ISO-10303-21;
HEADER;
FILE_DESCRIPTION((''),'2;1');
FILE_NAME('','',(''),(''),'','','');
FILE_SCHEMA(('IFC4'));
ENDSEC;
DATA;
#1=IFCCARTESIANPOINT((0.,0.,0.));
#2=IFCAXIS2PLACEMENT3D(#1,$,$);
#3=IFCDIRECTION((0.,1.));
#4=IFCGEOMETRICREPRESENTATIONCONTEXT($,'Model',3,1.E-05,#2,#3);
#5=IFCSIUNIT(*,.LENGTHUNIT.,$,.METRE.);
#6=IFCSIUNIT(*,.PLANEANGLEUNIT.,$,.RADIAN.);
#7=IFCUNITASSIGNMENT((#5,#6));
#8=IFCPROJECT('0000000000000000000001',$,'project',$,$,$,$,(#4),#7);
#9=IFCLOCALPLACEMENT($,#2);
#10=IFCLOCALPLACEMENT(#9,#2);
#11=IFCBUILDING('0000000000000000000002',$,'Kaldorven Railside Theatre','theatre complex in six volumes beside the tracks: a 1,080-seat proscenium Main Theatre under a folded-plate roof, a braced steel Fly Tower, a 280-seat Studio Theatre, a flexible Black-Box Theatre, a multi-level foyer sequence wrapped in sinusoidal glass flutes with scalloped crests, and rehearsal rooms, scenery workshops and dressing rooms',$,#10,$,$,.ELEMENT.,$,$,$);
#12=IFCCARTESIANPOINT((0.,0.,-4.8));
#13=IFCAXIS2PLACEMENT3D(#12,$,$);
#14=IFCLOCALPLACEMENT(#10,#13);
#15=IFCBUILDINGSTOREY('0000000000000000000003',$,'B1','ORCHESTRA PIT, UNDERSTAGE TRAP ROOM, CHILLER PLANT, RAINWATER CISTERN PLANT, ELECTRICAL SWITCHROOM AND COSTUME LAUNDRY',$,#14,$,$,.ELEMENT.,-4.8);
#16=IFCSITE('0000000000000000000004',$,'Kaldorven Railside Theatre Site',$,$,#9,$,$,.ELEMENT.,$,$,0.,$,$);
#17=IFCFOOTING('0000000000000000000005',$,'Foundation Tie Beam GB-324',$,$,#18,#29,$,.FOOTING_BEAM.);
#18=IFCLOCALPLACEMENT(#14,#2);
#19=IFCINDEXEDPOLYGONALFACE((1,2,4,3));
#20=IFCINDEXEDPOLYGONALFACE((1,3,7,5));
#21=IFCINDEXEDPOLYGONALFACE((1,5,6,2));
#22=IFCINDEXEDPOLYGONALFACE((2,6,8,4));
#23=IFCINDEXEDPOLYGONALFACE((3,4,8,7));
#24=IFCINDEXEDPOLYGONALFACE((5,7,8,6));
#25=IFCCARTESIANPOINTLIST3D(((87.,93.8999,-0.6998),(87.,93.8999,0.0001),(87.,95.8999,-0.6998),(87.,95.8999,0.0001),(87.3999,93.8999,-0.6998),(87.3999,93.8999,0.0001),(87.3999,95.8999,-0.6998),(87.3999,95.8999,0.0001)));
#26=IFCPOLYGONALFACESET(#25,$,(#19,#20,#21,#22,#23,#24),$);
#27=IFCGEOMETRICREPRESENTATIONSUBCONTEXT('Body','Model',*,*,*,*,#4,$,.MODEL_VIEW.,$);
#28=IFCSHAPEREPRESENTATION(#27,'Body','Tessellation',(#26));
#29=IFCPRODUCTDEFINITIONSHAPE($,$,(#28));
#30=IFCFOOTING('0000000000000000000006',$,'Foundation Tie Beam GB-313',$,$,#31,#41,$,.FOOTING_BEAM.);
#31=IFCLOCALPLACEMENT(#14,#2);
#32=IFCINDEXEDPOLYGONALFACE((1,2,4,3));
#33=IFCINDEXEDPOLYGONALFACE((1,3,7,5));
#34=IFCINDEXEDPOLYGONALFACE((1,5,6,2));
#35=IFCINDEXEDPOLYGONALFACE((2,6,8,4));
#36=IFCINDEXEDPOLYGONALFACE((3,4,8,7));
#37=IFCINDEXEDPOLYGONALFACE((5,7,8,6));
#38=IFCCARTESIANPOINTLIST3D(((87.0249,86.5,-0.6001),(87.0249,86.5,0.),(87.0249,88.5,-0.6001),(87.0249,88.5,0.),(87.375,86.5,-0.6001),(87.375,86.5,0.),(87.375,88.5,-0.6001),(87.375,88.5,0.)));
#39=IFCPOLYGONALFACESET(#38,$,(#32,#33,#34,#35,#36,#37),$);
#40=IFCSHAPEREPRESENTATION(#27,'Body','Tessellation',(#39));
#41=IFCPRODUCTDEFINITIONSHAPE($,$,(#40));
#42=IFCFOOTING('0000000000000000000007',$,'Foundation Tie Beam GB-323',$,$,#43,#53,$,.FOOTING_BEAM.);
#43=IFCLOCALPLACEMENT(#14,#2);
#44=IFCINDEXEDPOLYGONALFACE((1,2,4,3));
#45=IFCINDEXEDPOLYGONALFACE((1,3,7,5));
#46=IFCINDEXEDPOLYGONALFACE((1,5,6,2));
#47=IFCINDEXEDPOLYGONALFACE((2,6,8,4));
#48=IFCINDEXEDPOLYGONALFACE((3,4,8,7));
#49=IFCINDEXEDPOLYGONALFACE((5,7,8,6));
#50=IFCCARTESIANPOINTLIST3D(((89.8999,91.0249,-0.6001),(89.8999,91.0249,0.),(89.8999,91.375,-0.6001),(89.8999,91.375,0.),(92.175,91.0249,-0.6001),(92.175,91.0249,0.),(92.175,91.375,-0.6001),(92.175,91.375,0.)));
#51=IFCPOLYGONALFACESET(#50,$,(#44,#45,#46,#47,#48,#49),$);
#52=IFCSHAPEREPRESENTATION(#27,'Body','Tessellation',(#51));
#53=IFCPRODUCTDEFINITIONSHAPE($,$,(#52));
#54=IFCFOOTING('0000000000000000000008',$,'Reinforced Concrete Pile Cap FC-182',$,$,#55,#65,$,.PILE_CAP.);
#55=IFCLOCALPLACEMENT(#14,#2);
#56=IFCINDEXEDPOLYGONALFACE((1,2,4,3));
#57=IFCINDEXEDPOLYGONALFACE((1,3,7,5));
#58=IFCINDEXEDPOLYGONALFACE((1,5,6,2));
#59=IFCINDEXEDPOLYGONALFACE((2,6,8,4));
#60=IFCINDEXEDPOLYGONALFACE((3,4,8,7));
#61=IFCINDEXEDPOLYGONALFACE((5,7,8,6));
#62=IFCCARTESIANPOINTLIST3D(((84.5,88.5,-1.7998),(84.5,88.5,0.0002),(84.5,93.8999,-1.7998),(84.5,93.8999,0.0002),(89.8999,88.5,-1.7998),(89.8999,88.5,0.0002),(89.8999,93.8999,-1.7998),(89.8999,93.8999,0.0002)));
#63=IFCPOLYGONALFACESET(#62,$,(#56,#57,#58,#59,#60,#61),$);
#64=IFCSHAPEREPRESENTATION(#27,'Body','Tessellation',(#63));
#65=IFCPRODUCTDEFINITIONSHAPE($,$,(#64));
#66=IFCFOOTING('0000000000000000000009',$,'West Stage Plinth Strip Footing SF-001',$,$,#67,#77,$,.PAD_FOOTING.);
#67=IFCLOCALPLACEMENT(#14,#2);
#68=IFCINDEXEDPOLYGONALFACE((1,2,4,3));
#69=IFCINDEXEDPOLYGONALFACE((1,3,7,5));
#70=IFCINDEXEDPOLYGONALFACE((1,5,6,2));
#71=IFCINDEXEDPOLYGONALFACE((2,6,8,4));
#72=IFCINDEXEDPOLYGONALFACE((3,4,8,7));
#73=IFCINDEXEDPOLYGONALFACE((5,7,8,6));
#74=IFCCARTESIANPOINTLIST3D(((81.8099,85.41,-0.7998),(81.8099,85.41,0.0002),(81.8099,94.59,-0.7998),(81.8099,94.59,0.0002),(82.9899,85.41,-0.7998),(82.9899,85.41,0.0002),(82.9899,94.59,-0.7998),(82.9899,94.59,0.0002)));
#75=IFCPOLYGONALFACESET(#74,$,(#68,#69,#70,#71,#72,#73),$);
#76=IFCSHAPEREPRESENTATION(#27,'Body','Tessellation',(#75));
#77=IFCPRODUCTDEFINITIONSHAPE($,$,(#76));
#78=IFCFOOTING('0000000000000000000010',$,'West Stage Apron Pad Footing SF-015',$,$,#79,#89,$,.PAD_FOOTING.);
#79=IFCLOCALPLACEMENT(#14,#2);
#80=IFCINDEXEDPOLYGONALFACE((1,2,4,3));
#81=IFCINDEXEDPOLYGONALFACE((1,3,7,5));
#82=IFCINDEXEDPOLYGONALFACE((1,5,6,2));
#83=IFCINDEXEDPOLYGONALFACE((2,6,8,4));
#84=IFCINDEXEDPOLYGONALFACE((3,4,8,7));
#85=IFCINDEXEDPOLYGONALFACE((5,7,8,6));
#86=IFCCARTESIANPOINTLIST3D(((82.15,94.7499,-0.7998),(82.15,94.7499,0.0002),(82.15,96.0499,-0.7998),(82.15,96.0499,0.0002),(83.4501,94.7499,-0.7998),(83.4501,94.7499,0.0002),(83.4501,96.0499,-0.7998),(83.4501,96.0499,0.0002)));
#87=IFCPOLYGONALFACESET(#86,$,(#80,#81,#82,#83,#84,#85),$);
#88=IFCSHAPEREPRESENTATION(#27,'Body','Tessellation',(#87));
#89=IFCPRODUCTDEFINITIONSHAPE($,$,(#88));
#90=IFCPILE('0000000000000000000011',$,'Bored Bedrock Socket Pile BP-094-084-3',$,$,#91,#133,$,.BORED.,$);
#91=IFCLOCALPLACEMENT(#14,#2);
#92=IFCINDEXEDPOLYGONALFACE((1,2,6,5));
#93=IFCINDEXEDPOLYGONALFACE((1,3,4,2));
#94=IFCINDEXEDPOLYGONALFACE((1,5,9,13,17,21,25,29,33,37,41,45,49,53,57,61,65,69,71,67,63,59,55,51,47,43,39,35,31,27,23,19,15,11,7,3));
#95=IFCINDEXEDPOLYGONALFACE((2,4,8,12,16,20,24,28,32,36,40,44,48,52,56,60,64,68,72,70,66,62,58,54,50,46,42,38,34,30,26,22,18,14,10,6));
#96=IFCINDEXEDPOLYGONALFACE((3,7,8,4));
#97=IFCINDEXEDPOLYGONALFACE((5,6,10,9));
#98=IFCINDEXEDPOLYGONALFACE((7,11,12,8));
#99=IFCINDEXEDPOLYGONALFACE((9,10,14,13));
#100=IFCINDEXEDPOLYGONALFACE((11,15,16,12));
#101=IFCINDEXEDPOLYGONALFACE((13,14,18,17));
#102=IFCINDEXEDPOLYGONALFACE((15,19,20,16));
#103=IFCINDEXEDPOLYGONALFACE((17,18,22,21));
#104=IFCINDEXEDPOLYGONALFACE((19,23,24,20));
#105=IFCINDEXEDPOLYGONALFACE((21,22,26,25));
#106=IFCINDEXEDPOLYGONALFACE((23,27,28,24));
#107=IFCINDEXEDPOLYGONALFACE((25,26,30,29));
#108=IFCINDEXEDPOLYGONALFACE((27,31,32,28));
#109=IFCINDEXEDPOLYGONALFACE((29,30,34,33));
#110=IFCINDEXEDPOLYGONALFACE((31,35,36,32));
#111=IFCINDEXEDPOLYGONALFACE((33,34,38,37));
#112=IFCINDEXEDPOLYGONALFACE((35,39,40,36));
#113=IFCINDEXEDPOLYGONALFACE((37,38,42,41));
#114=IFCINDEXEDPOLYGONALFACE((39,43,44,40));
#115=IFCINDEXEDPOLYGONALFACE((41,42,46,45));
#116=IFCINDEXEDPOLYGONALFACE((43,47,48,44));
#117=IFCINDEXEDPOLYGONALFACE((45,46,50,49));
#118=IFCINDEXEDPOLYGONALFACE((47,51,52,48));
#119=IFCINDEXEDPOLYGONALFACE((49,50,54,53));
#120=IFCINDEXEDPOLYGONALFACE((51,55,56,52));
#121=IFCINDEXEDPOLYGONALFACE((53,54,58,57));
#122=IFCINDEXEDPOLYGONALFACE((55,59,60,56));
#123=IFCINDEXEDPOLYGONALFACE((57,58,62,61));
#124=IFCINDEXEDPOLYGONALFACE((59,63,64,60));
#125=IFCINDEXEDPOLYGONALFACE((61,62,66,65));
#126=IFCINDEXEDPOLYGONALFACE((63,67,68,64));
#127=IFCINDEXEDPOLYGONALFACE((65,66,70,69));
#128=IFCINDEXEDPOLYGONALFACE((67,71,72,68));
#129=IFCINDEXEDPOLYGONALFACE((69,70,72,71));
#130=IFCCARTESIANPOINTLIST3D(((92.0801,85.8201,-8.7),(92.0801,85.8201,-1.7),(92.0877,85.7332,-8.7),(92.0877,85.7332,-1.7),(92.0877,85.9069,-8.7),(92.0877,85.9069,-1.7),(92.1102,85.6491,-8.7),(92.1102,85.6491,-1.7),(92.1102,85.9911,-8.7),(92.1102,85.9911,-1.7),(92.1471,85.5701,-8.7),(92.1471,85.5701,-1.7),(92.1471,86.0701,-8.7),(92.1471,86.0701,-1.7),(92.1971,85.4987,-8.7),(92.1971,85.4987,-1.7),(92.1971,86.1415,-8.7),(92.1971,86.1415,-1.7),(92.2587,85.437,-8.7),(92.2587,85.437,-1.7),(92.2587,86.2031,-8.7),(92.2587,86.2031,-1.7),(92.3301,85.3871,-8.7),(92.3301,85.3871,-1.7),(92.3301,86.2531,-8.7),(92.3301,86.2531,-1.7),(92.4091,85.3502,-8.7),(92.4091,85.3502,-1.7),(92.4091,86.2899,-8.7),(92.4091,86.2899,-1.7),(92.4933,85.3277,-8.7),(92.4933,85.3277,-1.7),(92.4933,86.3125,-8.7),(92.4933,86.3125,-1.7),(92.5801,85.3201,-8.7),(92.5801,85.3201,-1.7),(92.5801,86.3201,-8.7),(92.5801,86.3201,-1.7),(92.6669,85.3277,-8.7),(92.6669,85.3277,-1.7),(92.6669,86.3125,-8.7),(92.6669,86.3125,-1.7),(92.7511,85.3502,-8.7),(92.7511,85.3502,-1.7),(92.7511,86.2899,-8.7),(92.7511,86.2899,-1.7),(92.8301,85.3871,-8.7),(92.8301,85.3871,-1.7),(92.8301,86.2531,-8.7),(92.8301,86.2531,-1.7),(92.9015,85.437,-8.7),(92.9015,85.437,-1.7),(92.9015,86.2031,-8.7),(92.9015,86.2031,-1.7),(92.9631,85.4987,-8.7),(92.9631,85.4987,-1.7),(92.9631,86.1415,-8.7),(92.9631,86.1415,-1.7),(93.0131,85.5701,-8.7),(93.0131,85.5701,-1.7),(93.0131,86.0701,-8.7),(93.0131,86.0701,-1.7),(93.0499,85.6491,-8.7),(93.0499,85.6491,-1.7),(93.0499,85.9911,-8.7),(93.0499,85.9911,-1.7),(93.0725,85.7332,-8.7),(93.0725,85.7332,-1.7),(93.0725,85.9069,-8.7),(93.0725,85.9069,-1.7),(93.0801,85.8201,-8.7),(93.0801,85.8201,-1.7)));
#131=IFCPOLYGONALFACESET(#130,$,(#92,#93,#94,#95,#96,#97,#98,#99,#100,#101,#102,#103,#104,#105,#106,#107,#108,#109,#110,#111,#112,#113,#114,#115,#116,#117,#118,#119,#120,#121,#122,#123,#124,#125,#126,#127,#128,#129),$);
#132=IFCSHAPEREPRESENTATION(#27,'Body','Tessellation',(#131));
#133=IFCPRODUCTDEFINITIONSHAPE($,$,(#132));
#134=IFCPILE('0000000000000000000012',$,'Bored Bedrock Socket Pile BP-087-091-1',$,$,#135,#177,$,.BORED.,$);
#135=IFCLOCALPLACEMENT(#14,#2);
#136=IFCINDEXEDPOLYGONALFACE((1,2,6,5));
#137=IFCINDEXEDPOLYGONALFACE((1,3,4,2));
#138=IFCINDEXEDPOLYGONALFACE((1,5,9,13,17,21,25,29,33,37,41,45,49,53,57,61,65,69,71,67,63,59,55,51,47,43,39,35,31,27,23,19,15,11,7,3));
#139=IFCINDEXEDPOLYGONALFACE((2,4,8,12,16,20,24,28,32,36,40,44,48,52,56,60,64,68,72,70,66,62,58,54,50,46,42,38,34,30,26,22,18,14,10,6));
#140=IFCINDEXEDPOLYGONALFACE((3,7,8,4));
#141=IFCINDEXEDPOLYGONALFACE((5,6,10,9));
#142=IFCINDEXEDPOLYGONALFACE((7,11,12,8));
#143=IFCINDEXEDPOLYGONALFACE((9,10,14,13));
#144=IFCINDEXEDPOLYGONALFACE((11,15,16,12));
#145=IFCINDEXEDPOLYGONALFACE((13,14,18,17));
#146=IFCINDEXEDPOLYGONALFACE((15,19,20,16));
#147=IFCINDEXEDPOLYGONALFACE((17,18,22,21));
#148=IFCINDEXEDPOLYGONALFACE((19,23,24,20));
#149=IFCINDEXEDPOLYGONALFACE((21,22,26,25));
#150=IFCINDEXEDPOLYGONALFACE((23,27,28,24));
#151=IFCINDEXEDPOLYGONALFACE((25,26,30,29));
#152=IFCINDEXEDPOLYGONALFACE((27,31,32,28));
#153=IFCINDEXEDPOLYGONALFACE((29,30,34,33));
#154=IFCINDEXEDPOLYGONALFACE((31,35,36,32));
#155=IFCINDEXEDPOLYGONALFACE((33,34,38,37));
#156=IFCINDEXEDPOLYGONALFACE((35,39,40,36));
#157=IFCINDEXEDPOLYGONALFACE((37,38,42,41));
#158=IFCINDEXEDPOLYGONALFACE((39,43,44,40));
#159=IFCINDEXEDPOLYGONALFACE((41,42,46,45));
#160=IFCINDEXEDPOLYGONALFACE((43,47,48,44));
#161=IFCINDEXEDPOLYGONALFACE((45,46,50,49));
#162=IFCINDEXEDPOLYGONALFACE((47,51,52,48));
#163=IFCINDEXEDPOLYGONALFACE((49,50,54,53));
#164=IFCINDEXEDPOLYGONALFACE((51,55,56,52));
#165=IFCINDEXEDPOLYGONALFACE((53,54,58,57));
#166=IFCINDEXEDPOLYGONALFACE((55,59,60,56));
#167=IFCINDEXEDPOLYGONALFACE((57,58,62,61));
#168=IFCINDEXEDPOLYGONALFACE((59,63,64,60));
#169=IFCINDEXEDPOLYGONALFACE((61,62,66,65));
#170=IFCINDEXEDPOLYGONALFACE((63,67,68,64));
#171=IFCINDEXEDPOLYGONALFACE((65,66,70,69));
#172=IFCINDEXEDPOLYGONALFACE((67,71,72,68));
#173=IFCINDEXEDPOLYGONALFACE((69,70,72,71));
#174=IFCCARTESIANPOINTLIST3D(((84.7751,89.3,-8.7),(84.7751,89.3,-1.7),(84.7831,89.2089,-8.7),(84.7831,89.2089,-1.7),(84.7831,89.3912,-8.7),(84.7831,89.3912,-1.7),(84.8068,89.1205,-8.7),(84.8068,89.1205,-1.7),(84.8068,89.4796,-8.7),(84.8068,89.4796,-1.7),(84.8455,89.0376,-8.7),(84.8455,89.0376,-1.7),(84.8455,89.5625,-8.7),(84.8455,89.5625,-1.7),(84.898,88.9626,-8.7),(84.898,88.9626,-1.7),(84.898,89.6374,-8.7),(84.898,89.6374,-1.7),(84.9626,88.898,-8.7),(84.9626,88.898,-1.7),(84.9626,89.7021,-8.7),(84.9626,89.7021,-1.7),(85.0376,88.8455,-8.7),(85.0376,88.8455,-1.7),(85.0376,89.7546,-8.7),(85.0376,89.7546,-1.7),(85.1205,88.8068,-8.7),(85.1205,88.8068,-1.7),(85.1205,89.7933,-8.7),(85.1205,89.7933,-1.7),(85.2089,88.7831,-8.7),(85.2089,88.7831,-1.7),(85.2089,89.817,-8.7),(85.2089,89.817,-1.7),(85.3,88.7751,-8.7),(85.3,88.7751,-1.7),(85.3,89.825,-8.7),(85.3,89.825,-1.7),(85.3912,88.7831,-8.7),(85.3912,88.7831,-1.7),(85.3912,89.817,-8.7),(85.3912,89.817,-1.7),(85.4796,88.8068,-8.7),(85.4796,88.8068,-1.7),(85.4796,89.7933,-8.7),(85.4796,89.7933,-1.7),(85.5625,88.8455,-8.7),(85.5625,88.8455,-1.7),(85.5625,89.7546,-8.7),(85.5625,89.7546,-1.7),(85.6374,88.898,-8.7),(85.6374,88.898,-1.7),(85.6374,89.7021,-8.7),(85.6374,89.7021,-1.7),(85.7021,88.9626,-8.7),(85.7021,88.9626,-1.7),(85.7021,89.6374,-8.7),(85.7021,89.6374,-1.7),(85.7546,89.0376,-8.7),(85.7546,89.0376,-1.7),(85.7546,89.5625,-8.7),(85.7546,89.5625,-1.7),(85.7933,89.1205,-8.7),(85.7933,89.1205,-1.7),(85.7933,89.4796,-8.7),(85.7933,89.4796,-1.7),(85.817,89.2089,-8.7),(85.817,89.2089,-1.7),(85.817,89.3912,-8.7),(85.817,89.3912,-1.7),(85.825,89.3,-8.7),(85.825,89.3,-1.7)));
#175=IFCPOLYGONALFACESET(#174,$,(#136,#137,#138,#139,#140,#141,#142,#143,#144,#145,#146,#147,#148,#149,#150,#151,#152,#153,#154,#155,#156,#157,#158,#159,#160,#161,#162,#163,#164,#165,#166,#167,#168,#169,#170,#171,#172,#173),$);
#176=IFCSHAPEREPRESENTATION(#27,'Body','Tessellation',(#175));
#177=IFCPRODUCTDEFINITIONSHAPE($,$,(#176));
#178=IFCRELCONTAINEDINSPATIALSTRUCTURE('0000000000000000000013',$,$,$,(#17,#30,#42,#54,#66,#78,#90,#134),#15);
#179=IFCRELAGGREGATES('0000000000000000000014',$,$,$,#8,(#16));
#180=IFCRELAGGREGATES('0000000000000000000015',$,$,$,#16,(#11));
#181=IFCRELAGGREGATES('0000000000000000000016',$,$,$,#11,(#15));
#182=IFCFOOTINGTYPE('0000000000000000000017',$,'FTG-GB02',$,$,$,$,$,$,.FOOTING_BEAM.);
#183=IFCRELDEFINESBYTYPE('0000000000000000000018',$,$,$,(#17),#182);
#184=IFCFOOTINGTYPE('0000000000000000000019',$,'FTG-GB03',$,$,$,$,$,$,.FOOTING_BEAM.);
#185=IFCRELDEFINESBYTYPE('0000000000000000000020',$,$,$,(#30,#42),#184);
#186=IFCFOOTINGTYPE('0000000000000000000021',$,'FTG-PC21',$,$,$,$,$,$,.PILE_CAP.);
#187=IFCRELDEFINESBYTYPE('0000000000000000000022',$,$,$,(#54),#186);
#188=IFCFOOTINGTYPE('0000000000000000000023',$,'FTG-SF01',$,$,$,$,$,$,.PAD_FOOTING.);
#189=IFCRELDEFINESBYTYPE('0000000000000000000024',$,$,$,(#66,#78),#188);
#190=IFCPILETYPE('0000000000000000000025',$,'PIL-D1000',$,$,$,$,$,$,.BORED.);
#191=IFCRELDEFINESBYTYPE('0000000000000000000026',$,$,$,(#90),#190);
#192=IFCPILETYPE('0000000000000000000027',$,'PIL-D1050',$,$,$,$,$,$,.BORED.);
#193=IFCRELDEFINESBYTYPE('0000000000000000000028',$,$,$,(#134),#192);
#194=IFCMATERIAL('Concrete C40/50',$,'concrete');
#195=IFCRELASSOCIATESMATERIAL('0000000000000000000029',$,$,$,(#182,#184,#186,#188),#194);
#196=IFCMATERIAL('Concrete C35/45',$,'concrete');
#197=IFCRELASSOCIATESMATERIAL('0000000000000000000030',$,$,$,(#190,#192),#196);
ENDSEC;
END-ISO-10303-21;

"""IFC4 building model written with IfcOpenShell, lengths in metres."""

from ifc_helpers import new_model, si_unit, direction, frame, origin, origin_2d, place, context, subcontext, project, spatial, rectangle, circle, extrude, material, material_profile, profile_set, type_object, element, save


model = new_model("IFC4")

# Units and contexts
model_context = context("Model", 3, precision=1e-05, world=origin(), true_north=direction((0.0, 1.0)))
body_context = subcontext(model_context, "Body", "Model", "MODEL_VIEW")
ifc_project = project(units=[si_unit("LENGTHUNIT", "METRE"), si_unit("PLANEANGLEUNIT", "RADIAN")], contexts=[model_context])

# Site, building, storey
site_placement = place(None, origin())
site = spatial("IfcSite", under=ifc_project, at=site_placement, Name="Kaldorven Railside Theatre Site", CompositionType="ELEMENT", RefElevation=0.0)
building_placement = place(site_placement, origin())
building = spatial("IfcBuilding", under=site, at=building_placement, Name="Kaldorven Railside Theatre", Description="theatre complex in six volumes beside the tracks: a 1,080-seat proscenium Main Theatre under a folded-plate roof, a braced steel Fly Tower, a 280-seat Studio Theatre, a flexible Black-Box Theatre, a multi-level foyer sequence wrapped in sinusoidal glass flutes with scalloped crests, and rehearsal rooms, scenery workshops and dressing rooms", CompositionType="ELEMENT")
storey_placement = place(building_placement, frame((0.0, 0.0, -4.8)))
storey = spatial("IfcBuildingStorey", under=building, at=storey_placement, Name="B1", Description="ORCHESTRA PIT, UNDERSTAGE TRAP ROOM, CHILLER PLANT, RAINWATER CISTERN PLANT, ELECTRICAL SWITCHROOM AND COSTUME LAUNDRY", CompositionType="ELEMENT", Elevation=-4.8)

# Footings
ifc_material_1 = material(Name="Concrete C40/50", Category="concrete")
ifc_material_profile_1 = material_profile(ifc_material_1, rectangle(XDim=0.3999, YDim=0.7, at=origin_2d()), Name="RC 400x700")
ifc_profile_set_1 = profile_set([ifc_material_profile_1], Name="Concrete C40/50")
footing_type_1 = type_object("IfcFootingType", Name="FTG-GB02", PredefinedType="FOOTING_BEAM", material=ifc_profile_set_1)
footing_1_placement = place(storey_placement, frame((87.2, 93.8999, -0.3499), z_axis=(0.0, 1.0, 0.0), x_axis=(-1.0, 0.0, 0.0)))
element("IfcFooting", 1, at=footing_1_placement, inside=storey, type_object=footing_type_1, Name="Foundation Tie Beam GB-324", PredefinedType="FOOTING_BEAM", context=body_context, shape_type="SweptSolid", body=[
    extrude(rectangle(XDim=0.3999, YDim=0.7, at=origin_2d()), origin(), (0.0, 0.0, 1.0), 2.0),
])
ifc_material_profile_2 = material_profile(ifc_material_1, rectangle(XDim=0.3501, YDim=0.6001, at=origin_2d()), Name="RC 350x600")
ifc_profile_set_2 = profile_set([ifc_material_profile_2], Name="Concrete C40/50")
footing_type_2 = type_object("IfcFootingType", Name="FTG-GB03", PredefinedType="FOOTING_BEAM", material=ifc_profile_set_2)
footing_2_placement = place(storey_placement, frame((87.2, 86.5, -0.3), z_axis=(0.0, 1.0, 0.0), x_axis=(-1.0, 0.0, 0.0)))
element("IfcFooting", 2, at=footing_2_placement, inside=storey, type_object=footing_type_2, Name="Foundation Tie Beam GB-313", PredefinedType="FOOTING_BEAM", context=body_context, shape_type="SweptSolid", body=[
    extrude(rectangle(XDim=0.3501, YDim=0.6001, at=origin_2d()), origin(), (0.0, 0.0, 1.0), 2.0),
])
footing_3_placement = place(storey_placement, frame((89.8999, 91.2, -0.3), z_axis=(1.0, 0.0, 0.0), x_axis=(0.0, 1.0, 0.0)))
element("IfcFooting", 3, at=footing_3_placement, inside=storey, type_object=footing_type_2, Name="Foundation Tie Beam GB-323", PredefinedType="FOOTING_BEAM", context=body_context, shape_type="SweptSolid", body=[
    extrude(rectangle(XDim=0.3501, YDim=0.6001, at=origin_2d()), origin(), (0.0, 0.0, 1.0), 2.2751),
])
footing_type_3 = type_object("IfcFootingType", Name="FTG-PC21", PredefinedType="PILE_CAP", material=ifc_material_1)
footing_4_placement = place(storey_placement, frame((87.2, 91.2, -1.7998), z_axis=(0.0, 0.0, 1.0), x_axis=(1.0, 0.0, 0.0)))
element("IfcFooting", 4, at=footing_4_placement, inside=storey, type_object=footing_type_3, Name="Reinforced Concrete Pile Cap FC-182", PredefinedType="PILE_CAP", context=body_context, shape_type="SweptSolid", body=[
    extrude(rectangle(XDim=5.3999, YDim=5.3999, at=origin_2d()), origin(), (0.0, 0.0, 1.0), 1.8),
])
footing_type_4 = type_object("IfcFootingType", Name="FTG-SF01", PredefinedType="PAD_FOOTING", material=ifc_material_1)
footing_5_placement = place(storey_placement, frame((82.3999, 90.0, -0.7998), z_axis=(0.0, 0.0, 1.0), x_axis=(1.0, 0.0, 0.0)))
element("IfcFooting", 5, at=footing_5_placement, inside=storey, type_object=footing_type_4, Name="West Stage Plinth Strip Footing SF-001", PredefinedType="PAD_FOOTING", context=body_context, shape_type="SweptSolid", body=[
    extrude(rectangle(XDim=1.1799, YDim=9.1799, at=origin_2d()), origin(), (0.0, 0.0, 1.0), 0.8),
])
footing_6_placement = place(storey_placement, frame((82.8, 95.3999, -0.7998), z_axis=(0.0, 0.0, 1.0), x_axis=(1.0, 0.0, 0.0)))
element("IfcFooting", 6, at=footing_6_placement, inside=storey, type_object=footing_type_4, Name="West Stage Apron Pad Footing SF-015", PredefinedType="PAD_FOOTING", context=body_context, shape_type="SweptSolid", body=[
    extrude(rectangle(XDim=1.3, YDim=1.3, at=origin_2d()), origin(), (0.0, 0.0, 1.0), 0.8),
])

# Piles
ifc_material_2 = material(Name="Concrete C35/45", Category="concrete")
ifc_material_profile_3 = material_profile(ifc_material_2, circle(Radius=0.5, at=origin_2d()), Name="BP D1000")
ifc_profile_set_3 = profile_set([ifc_material_profile_3], Name="Concrete C35/45")
pile_type_1 = type_object("IfcPileType", Name="PIL-D1000", PredefinedType="BORED", material=ifc_profile_set_3)
pile_1_placement = place(storey_placement, frame((92.5801, 85.8201, -1.7), z_axis=(0.0, 0.0, -1.0), x_axis=(1.0, 0.0, 0.0)))
element("IfcPile", 7, at=pile_1_placement, inside=storey, type_object=pile_type_1, Name="Bored Bedrock Socket Pile BP-094-084-3", PredefinedType="BORED", context=body_context, shape_type="SweptSolid", body=[
    extrude(circle(Radius=0.5, at=origin_2d()), origin(), (0.0, 0.0, 1.0), 7.0),
])
ifc_material_profile_4 = material_profile(ifc_material_2, circle(Radius=0.5249, at=origin_2d()), Name="BP D1050")
ifc_profile_set_4 = profile_set([ifc_material_profile_4], Name="Concrete C35/45")
pile_type_2 = type_object("IfcPileType", Name="PIL-D1050", PredefinedType="BORED", material=ifc_profile_set_4)
for number, where, z_axis, x_axis, name in (
    (8, (85.3, 89.3, -1.7), (0.0, 0.0, -1.0), (1.0, 0.0, 0.0), "Bored Bedrock Socket Pile BP-087-091-1"),
):
    element("IfcPile", number, at=place(storey_placement, frame(where, z_axis=z_axis, x_axis=x_axis)), inside=storey, type_object=pile_type_2, Name=name, PredefinedType="BORED", context=body_context, shape_type="SweptSolid", body=[
        extrude(circle(Radius=0.5249, at=origin_2d()), origin(), (0.0, 0.0, 1.0), 7.0),
    ])

save(model, "model.ifc")
